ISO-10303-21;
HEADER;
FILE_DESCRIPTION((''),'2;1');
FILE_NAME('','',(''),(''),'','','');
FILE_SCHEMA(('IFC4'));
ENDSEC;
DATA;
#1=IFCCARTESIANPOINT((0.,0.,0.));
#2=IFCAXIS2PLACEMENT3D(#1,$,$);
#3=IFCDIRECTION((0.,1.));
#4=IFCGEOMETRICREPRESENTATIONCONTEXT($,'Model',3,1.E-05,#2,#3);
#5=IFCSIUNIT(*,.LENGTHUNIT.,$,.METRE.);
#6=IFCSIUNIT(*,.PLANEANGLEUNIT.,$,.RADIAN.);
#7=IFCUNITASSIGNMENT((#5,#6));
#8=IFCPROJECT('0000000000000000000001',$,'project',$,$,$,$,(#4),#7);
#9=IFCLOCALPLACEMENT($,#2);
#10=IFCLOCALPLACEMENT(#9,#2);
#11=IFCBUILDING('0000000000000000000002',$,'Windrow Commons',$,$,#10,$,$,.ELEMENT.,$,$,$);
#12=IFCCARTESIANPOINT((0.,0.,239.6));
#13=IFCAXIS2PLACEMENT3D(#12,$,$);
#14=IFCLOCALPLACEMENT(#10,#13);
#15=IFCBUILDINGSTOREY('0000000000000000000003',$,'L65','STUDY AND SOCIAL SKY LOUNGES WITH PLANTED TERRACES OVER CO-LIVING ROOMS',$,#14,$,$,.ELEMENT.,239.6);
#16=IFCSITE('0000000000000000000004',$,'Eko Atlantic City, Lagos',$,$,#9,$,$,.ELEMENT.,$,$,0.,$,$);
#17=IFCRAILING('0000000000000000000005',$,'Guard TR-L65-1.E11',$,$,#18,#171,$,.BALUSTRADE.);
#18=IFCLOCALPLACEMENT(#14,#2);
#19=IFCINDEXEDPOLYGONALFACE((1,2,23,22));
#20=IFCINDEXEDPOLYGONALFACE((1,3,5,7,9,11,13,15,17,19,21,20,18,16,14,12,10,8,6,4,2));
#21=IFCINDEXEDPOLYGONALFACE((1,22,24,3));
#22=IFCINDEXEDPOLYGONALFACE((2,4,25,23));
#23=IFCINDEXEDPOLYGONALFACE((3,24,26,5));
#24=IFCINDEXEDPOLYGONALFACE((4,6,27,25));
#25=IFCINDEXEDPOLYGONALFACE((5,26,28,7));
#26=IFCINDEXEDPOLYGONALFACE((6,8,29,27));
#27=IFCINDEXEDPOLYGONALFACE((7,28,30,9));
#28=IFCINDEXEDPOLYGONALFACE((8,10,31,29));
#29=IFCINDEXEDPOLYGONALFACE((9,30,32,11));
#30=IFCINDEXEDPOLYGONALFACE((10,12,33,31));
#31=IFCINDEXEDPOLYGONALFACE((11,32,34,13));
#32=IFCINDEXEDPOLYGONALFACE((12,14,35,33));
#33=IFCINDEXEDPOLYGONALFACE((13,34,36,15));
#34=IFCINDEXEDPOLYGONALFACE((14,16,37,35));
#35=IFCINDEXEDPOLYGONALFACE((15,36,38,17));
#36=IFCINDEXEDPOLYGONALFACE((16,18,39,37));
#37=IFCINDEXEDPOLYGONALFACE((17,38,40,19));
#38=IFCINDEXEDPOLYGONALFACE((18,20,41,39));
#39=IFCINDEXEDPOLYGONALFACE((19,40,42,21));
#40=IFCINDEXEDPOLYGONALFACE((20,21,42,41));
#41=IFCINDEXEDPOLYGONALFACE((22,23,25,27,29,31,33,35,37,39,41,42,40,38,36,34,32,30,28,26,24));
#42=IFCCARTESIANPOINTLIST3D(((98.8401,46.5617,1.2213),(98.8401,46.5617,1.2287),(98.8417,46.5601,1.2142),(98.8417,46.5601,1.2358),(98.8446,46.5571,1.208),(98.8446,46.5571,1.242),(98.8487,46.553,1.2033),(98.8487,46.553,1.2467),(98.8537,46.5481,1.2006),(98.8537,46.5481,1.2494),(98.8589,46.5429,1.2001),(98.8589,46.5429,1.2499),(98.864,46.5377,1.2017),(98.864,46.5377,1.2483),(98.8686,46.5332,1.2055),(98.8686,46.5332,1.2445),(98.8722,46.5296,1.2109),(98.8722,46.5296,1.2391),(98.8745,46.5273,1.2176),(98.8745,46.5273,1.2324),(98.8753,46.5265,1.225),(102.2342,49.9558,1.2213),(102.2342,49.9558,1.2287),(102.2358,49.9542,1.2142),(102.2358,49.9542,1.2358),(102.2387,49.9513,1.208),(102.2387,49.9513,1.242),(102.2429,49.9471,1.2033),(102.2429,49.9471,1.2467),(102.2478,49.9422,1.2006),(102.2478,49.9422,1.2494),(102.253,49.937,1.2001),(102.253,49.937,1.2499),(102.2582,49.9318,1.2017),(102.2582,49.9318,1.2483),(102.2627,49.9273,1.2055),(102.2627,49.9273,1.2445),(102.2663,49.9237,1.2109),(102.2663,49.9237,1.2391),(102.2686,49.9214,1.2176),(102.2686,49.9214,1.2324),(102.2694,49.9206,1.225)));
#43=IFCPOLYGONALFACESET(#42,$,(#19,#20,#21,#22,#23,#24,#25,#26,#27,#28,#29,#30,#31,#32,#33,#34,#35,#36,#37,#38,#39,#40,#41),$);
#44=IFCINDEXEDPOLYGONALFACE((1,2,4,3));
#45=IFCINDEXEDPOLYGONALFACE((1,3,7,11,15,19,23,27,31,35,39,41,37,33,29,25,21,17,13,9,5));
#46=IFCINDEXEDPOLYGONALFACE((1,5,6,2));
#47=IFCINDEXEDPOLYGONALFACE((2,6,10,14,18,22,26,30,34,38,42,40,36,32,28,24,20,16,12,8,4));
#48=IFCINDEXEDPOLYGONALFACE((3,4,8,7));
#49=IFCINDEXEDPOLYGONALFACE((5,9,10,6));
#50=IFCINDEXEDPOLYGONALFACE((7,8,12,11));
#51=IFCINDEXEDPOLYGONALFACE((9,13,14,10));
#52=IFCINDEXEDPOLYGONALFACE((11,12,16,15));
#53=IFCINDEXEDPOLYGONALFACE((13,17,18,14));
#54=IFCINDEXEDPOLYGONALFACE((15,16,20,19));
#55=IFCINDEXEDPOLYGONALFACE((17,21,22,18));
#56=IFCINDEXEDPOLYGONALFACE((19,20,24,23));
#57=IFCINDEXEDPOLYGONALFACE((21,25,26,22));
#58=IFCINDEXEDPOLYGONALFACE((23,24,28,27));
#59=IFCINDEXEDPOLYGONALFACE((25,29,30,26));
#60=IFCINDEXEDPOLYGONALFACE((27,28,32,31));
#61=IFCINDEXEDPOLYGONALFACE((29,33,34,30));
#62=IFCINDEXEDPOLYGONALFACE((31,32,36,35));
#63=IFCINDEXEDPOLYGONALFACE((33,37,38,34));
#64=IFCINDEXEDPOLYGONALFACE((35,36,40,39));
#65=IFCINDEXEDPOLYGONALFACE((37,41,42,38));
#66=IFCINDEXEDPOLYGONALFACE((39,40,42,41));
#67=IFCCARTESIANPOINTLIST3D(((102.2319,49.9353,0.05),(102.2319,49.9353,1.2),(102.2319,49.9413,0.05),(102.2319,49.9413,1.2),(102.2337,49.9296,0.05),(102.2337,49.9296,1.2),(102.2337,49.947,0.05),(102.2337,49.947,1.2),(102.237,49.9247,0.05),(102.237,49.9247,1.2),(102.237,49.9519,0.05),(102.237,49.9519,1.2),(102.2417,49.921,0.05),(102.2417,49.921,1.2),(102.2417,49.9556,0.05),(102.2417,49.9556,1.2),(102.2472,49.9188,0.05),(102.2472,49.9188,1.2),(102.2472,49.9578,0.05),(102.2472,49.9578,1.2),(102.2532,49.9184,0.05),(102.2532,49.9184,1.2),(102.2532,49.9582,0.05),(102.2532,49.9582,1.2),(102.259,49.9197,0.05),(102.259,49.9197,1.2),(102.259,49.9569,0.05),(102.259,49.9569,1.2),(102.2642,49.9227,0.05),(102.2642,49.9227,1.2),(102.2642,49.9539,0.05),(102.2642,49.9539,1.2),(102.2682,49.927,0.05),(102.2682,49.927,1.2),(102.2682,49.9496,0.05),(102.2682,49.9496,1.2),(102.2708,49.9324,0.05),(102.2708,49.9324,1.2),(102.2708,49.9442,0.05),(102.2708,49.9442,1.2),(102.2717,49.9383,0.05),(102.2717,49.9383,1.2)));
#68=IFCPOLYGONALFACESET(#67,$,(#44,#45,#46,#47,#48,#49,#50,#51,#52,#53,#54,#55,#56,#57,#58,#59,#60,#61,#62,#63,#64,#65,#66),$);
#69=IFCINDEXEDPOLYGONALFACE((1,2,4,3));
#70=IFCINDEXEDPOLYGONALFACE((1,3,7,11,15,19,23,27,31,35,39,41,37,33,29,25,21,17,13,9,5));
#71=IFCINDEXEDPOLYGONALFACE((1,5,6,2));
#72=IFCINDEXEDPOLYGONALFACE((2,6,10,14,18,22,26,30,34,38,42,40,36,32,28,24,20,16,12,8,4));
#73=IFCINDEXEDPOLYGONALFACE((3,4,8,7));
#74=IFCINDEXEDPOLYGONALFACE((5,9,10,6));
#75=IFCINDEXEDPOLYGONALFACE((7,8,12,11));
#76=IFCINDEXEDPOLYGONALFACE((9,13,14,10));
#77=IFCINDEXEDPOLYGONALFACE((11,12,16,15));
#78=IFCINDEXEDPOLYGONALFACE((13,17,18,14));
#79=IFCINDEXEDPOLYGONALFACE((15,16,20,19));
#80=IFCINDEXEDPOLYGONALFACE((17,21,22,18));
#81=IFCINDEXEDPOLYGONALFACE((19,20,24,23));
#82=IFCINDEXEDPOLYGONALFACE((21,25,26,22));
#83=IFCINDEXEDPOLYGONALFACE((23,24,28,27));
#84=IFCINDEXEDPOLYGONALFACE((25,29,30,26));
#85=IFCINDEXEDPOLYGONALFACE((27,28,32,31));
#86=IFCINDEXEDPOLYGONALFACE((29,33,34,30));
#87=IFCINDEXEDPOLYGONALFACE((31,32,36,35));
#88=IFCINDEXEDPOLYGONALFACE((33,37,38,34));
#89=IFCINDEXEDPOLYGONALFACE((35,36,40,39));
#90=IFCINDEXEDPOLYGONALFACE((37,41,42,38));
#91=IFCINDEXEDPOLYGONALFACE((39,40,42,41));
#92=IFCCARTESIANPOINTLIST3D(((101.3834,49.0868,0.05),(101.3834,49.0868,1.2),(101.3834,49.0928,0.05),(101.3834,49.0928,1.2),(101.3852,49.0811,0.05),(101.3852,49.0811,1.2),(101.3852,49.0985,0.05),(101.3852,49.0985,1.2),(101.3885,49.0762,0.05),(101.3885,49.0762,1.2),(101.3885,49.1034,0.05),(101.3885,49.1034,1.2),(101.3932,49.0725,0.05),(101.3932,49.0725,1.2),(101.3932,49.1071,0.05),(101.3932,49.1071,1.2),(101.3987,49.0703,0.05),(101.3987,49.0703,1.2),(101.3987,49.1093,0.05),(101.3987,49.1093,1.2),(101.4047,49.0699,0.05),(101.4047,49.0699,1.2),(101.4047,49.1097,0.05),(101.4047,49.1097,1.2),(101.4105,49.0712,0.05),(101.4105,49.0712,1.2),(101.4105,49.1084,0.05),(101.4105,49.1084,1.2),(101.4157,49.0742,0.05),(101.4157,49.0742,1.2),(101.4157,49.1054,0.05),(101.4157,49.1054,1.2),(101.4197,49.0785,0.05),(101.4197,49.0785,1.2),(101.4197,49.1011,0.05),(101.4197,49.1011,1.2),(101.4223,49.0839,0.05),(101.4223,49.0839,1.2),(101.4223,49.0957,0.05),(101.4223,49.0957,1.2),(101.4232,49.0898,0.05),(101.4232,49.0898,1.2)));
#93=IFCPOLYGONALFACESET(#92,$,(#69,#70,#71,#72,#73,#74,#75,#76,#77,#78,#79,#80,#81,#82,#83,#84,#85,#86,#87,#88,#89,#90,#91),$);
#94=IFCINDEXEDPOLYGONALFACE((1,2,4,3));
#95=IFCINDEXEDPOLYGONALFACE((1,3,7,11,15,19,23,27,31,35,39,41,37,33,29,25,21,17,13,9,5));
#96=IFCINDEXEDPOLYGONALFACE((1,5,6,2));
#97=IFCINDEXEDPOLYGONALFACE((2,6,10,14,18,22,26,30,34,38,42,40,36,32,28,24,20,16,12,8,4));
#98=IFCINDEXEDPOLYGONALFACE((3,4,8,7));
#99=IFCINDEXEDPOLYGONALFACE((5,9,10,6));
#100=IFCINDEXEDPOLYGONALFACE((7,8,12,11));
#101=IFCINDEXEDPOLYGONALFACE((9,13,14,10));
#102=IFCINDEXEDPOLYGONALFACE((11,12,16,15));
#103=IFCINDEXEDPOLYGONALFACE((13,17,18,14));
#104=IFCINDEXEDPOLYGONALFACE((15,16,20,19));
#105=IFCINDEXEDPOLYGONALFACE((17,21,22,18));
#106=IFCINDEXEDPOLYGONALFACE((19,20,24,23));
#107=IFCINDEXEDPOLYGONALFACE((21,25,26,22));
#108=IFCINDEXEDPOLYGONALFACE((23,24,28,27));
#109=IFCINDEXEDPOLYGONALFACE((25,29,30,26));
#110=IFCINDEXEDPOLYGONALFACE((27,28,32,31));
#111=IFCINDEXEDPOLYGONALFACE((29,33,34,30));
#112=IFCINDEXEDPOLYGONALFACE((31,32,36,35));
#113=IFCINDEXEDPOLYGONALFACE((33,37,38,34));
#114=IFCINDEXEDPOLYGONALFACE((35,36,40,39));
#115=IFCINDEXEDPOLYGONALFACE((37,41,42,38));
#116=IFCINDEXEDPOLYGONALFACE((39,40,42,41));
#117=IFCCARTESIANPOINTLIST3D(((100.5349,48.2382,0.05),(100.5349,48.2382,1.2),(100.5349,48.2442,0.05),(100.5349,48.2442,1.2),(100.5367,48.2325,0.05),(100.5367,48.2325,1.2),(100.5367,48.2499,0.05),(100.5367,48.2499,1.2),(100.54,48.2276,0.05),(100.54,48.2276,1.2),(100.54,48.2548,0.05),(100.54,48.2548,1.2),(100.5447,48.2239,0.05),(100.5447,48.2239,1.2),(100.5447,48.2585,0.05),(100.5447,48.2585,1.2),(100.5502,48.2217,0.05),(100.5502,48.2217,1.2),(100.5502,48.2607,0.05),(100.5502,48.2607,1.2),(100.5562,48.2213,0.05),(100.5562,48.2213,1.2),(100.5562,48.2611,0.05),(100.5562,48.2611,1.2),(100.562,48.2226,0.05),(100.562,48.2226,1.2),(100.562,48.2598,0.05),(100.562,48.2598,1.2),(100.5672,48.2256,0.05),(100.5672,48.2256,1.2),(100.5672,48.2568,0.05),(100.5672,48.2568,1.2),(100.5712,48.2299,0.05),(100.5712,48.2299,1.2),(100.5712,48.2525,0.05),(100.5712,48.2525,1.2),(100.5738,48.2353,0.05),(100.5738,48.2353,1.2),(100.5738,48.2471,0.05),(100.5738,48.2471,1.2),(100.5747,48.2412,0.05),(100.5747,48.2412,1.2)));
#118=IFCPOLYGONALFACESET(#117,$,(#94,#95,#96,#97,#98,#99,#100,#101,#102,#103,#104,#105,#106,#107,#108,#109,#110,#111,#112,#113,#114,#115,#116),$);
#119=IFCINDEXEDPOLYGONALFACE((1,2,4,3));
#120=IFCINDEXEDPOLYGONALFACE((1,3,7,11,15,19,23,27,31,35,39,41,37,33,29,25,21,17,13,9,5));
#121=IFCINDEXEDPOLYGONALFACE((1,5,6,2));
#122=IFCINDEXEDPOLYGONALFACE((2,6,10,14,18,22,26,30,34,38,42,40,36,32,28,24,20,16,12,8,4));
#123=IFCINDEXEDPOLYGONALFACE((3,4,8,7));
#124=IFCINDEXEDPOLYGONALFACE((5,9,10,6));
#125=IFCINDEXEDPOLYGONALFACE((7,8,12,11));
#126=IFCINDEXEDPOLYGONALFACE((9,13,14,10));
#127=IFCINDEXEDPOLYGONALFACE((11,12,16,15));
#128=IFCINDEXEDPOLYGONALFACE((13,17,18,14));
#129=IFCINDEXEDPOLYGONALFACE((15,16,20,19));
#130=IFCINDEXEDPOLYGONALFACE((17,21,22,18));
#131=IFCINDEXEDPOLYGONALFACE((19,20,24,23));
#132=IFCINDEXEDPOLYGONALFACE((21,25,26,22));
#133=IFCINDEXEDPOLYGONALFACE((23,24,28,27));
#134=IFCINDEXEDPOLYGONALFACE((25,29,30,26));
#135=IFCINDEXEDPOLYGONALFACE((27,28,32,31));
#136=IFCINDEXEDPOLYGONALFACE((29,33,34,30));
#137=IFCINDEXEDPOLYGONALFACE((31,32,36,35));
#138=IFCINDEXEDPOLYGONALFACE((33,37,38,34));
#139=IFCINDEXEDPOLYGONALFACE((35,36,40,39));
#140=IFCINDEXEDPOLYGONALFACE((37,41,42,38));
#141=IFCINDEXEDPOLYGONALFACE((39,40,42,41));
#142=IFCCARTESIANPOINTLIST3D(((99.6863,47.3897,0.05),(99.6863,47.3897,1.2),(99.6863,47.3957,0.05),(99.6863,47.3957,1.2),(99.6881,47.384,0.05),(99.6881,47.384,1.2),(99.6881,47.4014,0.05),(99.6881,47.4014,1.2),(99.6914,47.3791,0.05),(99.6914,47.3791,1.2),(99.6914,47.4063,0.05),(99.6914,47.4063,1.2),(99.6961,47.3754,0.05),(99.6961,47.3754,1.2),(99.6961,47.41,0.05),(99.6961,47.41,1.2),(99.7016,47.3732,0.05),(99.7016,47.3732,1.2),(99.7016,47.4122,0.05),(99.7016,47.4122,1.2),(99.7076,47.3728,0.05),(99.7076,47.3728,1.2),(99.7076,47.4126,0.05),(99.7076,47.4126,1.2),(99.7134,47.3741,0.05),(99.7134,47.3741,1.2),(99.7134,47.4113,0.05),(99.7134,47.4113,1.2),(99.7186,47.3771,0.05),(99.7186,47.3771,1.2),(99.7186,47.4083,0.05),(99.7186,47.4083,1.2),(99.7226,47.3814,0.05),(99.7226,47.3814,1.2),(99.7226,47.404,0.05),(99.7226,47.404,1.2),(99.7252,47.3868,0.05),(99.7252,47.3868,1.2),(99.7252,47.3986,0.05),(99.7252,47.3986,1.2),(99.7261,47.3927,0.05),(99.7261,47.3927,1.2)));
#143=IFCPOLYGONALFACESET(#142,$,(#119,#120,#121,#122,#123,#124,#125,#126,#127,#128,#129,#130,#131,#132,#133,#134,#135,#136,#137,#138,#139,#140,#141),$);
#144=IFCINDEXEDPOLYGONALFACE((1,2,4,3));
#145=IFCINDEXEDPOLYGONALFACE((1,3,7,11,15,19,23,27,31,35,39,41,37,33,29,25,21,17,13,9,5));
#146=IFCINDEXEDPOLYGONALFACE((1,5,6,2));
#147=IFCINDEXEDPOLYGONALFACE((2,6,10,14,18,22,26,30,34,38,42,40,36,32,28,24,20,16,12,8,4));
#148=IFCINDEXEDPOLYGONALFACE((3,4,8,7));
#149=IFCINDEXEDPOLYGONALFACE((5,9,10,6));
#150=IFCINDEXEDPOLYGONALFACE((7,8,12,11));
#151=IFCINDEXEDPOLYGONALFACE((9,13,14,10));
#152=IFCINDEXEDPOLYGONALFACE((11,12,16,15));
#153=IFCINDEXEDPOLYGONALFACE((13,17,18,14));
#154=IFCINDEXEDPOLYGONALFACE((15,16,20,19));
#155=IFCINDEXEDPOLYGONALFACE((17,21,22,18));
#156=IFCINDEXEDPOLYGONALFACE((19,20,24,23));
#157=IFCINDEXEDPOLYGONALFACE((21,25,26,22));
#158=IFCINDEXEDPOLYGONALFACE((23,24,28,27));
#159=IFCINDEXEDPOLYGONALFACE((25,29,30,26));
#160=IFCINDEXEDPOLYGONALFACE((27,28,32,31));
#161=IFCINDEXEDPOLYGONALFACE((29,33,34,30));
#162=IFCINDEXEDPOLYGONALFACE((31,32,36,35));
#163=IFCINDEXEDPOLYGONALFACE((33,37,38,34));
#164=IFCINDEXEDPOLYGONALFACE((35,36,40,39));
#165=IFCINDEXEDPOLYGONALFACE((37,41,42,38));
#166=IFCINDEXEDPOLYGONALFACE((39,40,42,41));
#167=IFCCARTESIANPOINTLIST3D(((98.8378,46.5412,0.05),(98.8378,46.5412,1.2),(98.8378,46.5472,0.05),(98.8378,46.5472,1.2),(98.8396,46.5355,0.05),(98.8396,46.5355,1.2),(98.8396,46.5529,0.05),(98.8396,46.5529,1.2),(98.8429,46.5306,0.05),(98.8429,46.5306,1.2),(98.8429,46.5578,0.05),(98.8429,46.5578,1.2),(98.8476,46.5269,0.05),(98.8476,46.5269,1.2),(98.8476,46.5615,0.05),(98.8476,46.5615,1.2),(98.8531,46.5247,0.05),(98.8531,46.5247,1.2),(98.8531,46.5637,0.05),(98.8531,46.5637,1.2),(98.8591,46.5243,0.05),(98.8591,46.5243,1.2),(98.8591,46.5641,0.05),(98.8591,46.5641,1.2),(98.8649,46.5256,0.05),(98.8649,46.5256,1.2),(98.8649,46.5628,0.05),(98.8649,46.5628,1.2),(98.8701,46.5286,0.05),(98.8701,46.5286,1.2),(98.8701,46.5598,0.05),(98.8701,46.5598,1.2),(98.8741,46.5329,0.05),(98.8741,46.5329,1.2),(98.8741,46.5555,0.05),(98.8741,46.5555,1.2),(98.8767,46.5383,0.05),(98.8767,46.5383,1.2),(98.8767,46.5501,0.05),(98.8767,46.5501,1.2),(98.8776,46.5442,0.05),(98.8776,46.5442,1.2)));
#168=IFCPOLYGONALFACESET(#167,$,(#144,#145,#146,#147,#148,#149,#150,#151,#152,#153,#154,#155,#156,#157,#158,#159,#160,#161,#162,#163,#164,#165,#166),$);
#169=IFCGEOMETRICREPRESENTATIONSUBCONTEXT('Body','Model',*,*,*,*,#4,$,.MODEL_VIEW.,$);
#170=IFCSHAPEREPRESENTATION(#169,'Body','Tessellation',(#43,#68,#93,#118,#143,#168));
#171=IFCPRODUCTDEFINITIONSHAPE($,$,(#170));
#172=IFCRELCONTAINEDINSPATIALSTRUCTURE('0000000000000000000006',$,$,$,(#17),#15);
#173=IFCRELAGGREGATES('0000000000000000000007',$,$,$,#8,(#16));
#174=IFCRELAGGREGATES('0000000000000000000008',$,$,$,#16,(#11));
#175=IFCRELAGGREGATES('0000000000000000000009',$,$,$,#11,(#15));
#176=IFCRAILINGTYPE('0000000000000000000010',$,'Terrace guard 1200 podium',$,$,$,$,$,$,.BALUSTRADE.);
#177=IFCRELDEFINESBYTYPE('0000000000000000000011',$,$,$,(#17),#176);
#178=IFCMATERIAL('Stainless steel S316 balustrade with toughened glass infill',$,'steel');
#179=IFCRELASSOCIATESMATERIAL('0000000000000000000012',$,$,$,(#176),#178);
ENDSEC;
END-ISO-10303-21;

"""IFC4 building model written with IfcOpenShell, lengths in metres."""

from ifc_helpers import new_model, si_unit, direction, frame, origin, origin_2d, place, context, subcontext, project, spatial, circle, extrude, material, type_object, element, save


model = new_model("IFC4")

# Units and contexts
model_context = context("Model", 3, precision=1e-05, world=origin(), true_north=direction((0.0, 1.0)))
body_context = subcontext(model_context, "Body", "Model", "MODEL_VIEW")
ifc_project = project(units=[si_unit("LENGTHUNIT", "METRE"), si_unit("PLANEANGLEUNIT", "RADIAN")], contexts=[model_context])

# Site, building, storey
site_placement = place(None, origin())
site = spatial("IfcSite", under=ifc_project, at=site_placement, Name="Eko Atlantic City, Lagos", CompositionType="ELEMENT", RefElevation=0.0)
building_placement = place(site_placement, origin())
building = spatial("IfcBuilding", under=site, at=building_placement, Name="Windrow Commons", CompositionType="ELEMENT")
storey_placement = place(building_placement, frame((0.0, 0.0, 239.6)))
storey = spatial("IfcBuildingStorey", under=building, at=storey_placement, Name="L65", Description="STUDY AND SOCIAL SKY LOUNGES WITH PLANTED TERRACES OVER CO-LIVING ROOMS", CompositionType="ELEMENT", Elevation=239.6)

# Railing
ifc_material_1 = material(Name="Stainless steel S316 balustrade with toughened glass infill", Category="steel")
railing_type_1 = type_object("IfcRailingType", Name="Terrace guard 1200 podium", PredefinedType="BALUSTRADE", material=ifc_material_1)
railing_1_placement = place(storey_placement, frame((102.2517, 49.9383, 0.05)))
element("IfcRailing", 1, at=railing_1_placement, inside=storey, type_object=railing_type_1, Name="Guard TR-L65-1.E11", PredefinedType="BALUSTRADE", context=body_context, shape_type="SweptSolid", body=[
    extrude(circle(Radius=0.025, at=origin_2d()), frame((0.0, 0.0, 1.175), z_axis=(-0.707107, -0.707107, 0.0), x_axis=(0.707107, -0.707107, 0.0)), (0.0, 0.0, 1.0), 4.8),
    extrude(circle(Radius=0.02, at=origin_2d()), origin(), (0.0, 0.0, 1.0), 1.15),
    extrude(circle(Radius=0.02, at=origin_2d()), frame((-0.8485, -0.8485, 0.0)), (0.0, 0.0, 1.0), 1.15),
    extrude(circle(Radius=0.02, at=origin_2d()), frame((-1.697, -1.6971, 0.0)), (0.0, 0.0, 1.0), 1.15),
    extrude(circle(Radius=0.02, at=origin_2d()), frame((-2.5456, -2.5456, 0.0)), (0.0, 0.0, 1.0), 1.15),
    extrude(circle(Radius=0.02, at=origin_2d()), frame((-3.3941, -3.3941, 0.0)), (0.0, 0.0, 1.0), 1.15),
])

save(model, "model.ifc")
